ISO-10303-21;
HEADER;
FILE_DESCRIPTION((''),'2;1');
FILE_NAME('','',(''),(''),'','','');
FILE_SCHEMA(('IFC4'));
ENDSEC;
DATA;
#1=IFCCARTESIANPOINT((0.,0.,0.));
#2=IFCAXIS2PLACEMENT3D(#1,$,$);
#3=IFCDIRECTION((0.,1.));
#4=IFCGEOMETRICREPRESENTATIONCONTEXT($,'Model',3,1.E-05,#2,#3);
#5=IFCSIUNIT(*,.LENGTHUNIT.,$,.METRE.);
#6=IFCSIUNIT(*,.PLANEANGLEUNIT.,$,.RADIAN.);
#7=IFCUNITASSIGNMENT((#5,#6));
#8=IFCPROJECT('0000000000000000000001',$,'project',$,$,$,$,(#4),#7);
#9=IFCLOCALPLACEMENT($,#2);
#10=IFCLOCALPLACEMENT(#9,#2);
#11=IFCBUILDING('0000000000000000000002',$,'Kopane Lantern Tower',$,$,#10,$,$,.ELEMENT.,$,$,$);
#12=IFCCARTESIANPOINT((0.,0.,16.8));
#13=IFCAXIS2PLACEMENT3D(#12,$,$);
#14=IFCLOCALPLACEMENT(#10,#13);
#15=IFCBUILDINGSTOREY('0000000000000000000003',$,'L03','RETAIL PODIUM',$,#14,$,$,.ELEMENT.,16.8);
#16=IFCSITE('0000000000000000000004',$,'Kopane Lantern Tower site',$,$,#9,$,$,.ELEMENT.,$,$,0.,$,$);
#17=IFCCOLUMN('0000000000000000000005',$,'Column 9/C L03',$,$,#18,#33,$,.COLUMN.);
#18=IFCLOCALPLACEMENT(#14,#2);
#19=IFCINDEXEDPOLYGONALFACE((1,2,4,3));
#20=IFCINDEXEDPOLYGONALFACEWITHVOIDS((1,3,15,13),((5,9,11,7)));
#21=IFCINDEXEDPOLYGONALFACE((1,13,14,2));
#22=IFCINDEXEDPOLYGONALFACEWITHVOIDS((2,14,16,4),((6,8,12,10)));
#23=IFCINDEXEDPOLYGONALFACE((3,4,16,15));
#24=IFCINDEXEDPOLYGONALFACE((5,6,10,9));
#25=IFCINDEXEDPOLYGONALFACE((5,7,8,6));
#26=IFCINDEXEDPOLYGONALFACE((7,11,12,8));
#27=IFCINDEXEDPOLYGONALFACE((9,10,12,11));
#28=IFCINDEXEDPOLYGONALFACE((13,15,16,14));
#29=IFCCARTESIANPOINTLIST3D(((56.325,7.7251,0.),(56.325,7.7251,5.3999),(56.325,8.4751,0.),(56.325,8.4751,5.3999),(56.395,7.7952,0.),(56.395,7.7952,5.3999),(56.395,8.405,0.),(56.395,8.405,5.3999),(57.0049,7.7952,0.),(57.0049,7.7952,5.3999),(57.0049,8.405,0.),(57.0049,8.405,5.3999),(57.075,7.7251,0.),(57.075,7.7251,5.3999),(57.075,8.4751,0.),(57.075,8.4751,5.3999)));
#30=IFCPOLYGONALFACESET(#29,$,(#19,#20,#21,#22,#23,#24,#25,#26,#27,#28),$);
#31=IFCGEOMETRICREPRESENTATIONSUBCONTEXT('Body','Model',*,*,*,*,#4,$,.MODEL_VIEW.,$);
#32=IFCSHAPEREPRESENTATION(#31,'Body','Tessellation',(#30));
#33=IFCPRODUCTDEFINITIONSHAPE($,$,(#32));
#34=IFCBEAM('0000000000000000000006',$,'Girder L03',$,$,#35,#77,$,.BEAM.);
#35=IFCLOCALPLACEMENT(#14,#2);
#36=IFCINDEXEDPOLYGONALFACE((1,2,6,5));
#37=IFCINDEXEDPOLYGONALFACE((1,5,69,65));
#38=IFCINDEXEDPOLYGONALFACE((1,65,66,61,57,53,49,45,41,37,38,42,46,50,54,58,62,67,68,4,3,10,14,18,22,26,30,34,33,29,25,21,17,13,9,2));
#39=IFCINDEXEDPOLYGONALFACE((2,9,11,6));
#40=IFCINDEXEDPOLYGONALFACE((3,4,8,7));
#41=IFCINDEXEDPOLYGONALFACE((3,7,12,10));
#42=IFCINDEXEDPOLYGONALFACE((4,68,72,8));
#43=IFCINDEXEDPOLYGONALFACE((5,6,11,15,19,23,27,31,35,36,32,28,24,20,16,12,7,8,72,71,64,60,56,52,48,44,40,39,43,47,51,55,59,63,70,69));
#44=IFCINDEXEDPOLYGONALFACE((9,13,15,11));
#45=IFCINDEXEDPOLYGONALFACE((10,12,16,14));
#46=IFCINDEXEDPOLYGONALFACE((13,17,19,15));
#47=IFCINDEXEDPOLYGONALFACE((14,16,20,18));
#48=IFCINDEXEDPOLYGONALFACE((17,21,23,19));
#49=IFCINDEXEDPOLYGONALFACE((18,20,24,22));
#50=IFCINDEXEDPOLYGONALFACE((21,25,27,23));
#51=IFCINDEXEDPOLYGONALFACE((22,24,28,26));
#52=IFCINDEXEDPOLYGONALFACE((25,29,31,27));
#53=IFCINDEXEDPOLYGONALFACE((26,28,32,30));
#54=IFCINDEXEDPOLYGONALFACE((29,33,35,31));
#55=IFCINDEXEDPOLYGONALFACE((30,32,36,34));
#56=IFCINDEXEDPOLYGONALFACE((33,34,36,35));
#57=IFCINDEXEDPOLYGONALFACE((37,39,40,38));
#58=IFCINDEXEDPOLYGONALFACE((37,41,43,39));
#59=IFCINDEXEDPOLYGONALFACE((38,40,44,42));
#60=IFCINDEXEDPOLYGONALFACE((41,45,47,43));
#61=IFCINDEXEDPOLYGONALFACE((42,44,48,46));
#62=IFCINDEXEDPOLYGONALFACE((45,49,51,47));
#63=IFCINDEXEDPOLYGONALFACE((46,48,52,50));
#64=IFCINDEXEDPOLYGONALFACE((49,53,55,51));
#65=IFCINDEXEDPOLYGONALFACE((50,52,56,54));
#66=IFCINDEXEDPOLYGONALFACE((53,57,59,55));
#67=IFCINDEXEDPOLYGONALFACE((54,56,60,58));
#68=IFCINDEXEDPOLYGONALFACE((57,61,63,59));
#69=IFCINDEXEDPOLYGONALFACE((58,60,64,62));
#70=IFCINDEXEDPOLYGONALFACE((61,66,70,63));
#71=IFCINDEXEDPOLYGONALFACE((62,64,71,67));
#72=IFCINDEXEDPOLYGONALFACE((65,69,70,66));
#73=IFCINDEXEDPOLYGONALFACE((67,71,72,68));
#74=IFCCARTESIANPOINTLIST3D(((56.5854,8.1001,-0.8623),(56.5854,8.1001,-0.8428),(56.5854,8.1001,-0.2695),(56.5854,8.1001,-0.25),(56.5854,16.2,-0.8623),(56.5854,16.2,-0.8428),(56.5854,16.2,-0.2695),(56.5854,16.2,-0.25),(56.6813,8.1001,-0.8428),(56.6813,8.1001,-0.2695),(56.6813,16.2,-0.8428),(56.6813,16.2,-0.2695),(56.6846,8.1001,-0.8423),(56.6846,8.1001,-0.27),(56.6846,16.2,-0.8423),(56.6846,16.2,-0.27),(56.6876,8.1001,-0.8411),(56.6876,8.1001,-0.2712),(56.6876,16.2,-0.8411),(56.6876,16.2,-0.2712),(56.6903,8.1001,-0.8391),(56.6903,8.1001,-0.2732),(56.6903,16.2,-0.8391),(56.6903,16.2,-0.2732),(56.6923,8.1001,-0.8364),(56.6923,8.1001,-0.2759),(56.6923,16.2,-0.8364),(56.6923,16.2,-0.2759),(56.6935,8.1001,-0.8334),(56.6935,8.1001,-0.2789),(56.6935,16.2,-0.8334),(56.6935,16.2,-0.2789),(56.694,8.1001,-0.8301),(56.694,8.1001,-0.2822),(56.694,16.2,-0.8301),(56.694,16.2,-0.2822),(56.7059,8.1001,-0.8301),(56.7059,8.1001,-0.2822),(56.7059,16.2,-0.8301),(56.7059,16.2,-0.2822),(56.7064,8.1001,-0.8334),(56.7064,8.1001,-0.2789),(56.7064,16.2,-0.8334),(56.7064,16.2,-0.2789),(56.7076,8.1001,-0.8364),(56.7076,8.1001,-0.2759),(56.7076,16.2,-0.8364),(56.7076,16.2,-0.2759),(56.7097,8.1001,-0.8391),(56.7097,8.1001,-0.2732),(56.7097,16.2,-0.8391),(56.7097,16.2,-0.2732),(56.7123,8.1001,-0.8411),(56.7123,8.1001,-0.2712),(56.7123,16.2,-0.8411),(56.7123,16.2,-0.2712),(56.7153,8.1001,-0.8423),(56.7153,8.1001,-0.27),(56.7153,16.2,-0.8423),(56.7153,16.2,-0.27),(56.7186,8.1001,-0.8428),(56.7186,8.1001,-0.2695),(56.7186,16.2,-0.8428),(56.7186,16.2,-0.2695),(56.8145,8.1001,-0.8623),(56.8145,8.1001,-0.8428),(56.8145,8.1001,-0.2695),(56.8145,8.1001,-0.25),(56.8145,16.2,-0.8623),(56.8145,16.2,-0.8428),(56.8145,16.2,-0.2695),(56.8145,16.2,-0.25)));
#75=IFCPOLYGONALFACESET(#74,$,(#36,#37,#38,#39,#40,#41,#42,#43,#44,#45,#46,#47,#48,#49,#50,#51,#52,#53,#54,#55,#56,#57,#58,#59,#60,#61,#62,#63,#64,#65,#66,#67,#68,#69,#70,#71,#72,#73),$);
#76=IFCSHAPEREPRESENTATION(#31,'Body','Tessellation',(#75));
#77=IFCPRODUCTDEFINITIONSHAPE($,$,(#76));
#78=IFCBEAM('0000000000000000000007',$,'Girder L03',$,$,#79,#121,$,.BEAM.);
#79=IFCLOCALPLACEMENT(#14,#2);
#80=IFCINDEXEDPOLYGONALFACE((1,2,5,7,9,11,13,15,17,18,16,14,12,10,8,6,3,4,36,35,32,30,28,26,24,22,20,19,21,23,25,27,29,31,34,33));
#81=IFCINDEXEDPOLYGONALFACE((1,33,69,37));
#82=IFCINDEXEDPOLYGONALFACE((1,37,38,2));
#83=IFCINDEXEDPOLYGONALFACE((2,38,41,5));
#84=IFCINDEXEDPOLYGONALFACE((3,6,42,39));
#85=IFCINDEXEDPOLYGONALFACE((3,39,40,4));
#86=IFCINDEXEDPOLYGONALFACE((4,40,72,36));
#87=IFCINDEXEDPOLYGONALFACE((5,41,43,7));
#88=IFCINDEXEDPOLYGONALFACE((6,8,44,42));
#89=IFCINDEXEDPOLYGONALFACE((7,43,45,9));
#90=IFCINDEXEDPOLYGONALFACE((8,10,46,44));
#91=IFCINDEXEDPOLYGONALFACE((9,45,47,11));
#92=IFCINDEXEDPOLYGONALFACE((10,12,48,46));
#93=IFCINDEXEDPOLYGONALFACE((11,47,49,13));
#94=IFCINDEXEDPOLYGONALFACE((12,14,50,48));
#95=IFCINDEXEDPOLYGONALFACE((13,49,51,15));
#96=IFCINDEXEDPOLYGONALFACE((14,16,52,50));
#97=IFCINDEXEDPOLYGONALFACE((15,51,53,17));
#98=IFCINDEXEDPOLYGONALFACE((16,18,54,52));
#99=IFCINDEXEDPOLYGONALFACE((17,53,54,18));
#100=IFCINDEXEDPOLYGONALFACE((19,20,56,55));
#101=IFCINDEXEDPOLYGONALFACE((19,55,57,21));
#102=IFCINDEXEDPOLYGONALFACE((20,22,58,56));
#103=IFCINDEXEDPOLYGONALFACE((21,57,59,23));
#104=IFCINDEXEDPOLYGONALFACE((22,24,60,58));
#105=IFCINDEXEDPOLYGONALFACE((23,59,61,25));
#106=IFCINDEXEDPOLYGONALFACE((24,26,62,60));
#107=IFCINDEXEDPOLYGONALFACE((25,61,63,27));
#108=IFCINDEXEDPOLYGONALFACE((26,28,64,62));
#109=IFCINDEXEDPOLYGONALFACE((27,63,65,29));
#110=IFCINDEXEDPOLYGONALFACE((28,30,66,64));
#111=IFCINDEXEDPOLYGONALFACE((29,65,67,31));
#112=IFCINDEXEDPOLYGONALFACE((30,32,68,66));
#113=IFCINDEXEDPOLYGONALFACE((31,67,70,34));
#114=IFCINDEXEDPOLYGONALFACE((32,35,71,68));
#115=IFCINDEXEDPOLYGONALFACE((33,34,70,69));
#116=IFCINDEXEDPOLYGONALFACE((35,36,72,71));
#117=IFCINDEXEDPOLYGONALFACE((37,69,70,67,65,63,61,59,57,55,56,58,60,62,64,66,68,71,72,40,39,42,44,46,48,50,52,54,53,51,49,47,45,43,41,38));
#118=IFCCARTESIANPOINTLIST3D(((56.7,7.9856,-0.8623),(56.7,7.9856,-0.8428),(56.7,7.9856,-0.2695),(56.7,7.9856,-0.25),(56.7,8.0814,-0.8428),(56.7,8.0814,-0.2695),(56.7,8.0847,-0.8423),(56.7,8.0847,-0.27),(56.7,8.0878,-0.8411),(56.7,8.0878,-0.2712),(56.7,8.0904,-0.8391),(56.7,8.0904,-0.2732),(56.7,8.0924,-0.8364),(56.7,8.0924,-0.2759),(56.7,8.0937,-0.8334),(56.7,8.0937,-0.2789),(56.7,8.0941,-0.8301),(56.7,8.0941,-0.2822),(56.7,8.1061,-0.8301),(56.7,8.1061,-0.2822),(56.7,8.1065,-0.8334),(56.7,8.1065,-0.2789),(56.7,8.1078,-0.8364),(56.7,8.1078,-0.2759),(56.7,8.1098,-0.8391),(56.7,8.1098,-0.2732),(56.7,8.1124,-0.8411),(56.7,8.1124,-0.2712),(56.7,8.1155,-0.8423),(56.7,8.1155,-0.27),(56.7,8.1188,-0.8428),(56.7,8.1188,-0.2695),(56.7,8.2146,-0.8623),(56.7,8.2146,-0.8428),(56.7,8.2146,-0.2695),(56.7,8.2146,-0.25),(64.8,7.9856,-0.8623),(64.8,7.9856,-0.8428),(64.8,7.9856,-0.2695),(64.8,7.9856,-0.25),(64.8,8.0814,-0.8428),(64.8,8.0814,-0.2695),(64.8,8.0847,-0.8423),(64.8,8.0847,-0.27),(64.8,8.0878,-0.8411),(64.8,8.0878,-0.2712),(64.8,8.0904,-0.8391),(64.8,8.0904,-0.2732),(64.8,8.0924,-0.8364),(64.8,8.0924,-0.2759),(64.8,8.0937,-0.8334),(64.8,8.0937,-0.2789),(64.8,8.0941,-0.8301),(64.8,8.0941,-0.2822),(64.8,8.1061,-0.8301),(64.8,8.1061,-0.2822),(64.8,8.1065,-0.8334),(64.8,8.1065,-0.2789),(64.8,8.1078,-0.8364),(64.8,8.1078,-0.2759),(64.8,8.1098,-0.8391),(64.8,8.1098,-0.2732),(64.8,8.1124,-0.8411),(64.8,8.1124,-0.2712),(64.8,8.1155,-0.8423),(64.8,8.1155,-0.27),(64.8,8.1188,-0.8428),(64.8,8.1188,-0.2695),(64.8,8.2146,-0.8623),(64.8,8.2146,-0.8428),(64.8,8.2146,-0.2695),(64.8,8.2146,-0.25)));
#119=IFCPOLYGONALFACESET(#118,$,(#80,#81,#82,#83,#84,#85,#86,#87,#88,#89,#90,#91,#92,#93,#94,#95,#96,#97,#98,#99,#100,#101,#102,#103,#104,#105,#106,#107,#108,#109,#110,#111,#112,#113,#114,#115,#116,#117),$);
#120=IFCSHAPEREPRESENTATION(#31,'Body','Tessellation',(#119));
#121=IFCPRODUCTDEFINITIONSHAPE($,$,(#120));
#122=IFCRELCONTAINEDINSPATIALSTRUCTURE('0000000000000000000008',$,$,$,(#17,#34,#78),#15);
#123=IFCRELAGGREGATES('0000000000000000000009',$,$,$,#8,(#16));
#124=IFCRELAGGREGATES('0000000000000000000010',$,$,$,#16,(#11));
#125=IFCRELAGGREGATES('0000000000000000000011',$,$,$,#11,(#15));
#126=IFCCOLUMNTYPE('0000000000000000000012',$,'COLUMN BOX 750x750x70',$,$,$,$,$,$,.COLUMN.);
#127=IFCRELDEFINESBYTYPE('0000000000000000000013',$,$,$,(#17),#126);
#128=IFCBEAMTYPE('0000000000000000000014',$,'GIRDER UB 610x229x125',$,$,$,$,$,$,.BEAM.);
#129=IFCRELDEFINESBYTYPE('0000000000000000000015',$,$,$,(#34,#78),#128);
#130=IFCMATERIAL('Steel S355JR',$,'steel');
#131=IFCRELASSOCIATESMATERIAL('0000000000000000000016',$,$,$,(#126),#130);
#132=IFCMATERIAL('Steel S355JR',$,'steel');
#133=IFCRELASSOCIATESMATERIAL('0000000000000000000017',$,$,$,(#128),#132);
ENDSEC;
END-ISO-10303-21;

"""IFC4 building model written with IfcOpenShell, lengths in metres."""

from ifc_helpers import new_model, si_unit, direction, frame, origin, origin_2d, place, context, subcontext, project, spatial, hollow_rectangle, i_section, extrude, material, material_profile, profile_set, type_object, element, save


model = new_model("IFC4")

# Units and contexts
model_context = context("Model", 3, precision=1e-05, world=origin(), true_north=direction((0.0, 1.0)))
body_context = subcontext(model_context, "Body", "Model", "MODEL_VIEW")
ifc_project = project(units=[si_unit("LENGTHUNIT", "METRE"), si_unit("PLANEANGLEUNIT", "RADIAN")], contexts=[model_context])

# Site, building, storey
site_placement = place(None, origin())
site = spatial("IfcSite", under=ifc_project, at=site_placement, Name="Kopane Lantern Tower site", CompositionType="ELEMENT", RefElevation=0.0)
building_placement = place(site_placement, origin())
building = spatial("IfcBuilding", under=site, at=building_placement, Name="Kopane Lantern Tower", CompositionType="ELEMENT")
storey_placement = place(building_placement, frame((0.0, 0.0, 16.8)))
storey = spatial("IfcBuildingStorey", under=building, at=storey_placement, Name="L03", Description="RETAIL PODIUM", CompositionType="ELEMENT", Elevation=16.8)

# Column
ifc_material_1 = material(Name="Steel S355JR", Category="steel")
ifc_material_profile_1 = material_profile(ifc_material_1, hollow_rectangle(XDim=0.75, YDim=0.75, WallThickness=0.0701, at=origin_2d()), Name="BOX 750x750x70")
ifc_profile_set_1 = profile_set([ifc_material_profile_1], Name="Steel S355JR")
column_type = type_object("IfcColumnType", Name="COLUMN BOX 750x750x70", PredefinedType="COLUMN", material=ifc_profile_set_1)
column_placement = place(storey_placement, frame((56.7, 8.1001, 0.0), z_axis=(0.0, 0.0, 1.0), x_axis=(1.0, 0.0, 0.0)))
element("IfcColumn", 1, at=column_placement, inside=storey, type_object=column_type, Name="Column 9/C L03", PredefinedType="COLUMN", context=body_context, shape_type="SweptSolid", body=[
    extrude(hollow_rectangle(XDim=0.75, YDim=0.75, WallThickness=0.0701, at=origin_2d()), origin(), (0.0, 0.0, 1.0), 5.3999),
])

# Beams
ifc_material_2 = material(Name="Steel S355JR", Category="steel")
ifc_material_profile_2 = material_profile(ifc_material_2, i_section(OverallWidth=0.229, OverallDepth=0.6123, WebThickness=0.012, FlangeThickness=0.0195, FilletRadius=0.0127, at=origin_2d()), Name="UB 610x229x125")
ifc_profile_set_2 = profile_set([ifc_material_profile_2], Name="Steel S355JR")
beam_type = type_object("IfcBeamType", Name="GIRDER UB 610x229x125", PredefinedType="BEAM", material=ifc_profile_set_2)
beam_1_placement = place(storey_placement, frame((56.7, 8.1001, -0.5562), z_axis=(0.0, 1.0, 0.0), x_axis=(-1.0, 0.0, 0.0)))
element("IfcBeam", 2, at=beam_1_placement, inside=storey, type_object=beam_type, Name="Girder L03", PredefinedType="BEAM", context=body_context, shape_type="SweptSolid", body=[
    extrude(i_section(OverallWidth=0.229, OverallDepth=0.6123, WebThickness=0.012, FlangeThickness=0.0195, FilletRadius=0.0127, at=origin_2d()), origin(), (0.0, 0.0, 1.0), 8.0999),
])
beam_2_placement = place(storey_placement, frame((56.7, 8.1001, -0.5562), z_axis=(1.0, 0.0, 0.0), x_axis=(0.0, 1.0, 0.0)))
element("IfcBeam", 3, at=beam_2_placement, inside=storey, type_object=beam_type, Name="Girder L03", PredefinedType="BEAM", context=body_context, shape_type="SweptSolid", body=[
    extrude(i_section(OverallWidth=0.229, OverallDepth=0.6123, WebThickness=0.012, FlangeThickness=0.0195, FilletRadius=0.0127, at=origin_2d()), origin(), (0.0, 0.0, 1.0), 8.1001),
])

save(model, "model.ifc")
